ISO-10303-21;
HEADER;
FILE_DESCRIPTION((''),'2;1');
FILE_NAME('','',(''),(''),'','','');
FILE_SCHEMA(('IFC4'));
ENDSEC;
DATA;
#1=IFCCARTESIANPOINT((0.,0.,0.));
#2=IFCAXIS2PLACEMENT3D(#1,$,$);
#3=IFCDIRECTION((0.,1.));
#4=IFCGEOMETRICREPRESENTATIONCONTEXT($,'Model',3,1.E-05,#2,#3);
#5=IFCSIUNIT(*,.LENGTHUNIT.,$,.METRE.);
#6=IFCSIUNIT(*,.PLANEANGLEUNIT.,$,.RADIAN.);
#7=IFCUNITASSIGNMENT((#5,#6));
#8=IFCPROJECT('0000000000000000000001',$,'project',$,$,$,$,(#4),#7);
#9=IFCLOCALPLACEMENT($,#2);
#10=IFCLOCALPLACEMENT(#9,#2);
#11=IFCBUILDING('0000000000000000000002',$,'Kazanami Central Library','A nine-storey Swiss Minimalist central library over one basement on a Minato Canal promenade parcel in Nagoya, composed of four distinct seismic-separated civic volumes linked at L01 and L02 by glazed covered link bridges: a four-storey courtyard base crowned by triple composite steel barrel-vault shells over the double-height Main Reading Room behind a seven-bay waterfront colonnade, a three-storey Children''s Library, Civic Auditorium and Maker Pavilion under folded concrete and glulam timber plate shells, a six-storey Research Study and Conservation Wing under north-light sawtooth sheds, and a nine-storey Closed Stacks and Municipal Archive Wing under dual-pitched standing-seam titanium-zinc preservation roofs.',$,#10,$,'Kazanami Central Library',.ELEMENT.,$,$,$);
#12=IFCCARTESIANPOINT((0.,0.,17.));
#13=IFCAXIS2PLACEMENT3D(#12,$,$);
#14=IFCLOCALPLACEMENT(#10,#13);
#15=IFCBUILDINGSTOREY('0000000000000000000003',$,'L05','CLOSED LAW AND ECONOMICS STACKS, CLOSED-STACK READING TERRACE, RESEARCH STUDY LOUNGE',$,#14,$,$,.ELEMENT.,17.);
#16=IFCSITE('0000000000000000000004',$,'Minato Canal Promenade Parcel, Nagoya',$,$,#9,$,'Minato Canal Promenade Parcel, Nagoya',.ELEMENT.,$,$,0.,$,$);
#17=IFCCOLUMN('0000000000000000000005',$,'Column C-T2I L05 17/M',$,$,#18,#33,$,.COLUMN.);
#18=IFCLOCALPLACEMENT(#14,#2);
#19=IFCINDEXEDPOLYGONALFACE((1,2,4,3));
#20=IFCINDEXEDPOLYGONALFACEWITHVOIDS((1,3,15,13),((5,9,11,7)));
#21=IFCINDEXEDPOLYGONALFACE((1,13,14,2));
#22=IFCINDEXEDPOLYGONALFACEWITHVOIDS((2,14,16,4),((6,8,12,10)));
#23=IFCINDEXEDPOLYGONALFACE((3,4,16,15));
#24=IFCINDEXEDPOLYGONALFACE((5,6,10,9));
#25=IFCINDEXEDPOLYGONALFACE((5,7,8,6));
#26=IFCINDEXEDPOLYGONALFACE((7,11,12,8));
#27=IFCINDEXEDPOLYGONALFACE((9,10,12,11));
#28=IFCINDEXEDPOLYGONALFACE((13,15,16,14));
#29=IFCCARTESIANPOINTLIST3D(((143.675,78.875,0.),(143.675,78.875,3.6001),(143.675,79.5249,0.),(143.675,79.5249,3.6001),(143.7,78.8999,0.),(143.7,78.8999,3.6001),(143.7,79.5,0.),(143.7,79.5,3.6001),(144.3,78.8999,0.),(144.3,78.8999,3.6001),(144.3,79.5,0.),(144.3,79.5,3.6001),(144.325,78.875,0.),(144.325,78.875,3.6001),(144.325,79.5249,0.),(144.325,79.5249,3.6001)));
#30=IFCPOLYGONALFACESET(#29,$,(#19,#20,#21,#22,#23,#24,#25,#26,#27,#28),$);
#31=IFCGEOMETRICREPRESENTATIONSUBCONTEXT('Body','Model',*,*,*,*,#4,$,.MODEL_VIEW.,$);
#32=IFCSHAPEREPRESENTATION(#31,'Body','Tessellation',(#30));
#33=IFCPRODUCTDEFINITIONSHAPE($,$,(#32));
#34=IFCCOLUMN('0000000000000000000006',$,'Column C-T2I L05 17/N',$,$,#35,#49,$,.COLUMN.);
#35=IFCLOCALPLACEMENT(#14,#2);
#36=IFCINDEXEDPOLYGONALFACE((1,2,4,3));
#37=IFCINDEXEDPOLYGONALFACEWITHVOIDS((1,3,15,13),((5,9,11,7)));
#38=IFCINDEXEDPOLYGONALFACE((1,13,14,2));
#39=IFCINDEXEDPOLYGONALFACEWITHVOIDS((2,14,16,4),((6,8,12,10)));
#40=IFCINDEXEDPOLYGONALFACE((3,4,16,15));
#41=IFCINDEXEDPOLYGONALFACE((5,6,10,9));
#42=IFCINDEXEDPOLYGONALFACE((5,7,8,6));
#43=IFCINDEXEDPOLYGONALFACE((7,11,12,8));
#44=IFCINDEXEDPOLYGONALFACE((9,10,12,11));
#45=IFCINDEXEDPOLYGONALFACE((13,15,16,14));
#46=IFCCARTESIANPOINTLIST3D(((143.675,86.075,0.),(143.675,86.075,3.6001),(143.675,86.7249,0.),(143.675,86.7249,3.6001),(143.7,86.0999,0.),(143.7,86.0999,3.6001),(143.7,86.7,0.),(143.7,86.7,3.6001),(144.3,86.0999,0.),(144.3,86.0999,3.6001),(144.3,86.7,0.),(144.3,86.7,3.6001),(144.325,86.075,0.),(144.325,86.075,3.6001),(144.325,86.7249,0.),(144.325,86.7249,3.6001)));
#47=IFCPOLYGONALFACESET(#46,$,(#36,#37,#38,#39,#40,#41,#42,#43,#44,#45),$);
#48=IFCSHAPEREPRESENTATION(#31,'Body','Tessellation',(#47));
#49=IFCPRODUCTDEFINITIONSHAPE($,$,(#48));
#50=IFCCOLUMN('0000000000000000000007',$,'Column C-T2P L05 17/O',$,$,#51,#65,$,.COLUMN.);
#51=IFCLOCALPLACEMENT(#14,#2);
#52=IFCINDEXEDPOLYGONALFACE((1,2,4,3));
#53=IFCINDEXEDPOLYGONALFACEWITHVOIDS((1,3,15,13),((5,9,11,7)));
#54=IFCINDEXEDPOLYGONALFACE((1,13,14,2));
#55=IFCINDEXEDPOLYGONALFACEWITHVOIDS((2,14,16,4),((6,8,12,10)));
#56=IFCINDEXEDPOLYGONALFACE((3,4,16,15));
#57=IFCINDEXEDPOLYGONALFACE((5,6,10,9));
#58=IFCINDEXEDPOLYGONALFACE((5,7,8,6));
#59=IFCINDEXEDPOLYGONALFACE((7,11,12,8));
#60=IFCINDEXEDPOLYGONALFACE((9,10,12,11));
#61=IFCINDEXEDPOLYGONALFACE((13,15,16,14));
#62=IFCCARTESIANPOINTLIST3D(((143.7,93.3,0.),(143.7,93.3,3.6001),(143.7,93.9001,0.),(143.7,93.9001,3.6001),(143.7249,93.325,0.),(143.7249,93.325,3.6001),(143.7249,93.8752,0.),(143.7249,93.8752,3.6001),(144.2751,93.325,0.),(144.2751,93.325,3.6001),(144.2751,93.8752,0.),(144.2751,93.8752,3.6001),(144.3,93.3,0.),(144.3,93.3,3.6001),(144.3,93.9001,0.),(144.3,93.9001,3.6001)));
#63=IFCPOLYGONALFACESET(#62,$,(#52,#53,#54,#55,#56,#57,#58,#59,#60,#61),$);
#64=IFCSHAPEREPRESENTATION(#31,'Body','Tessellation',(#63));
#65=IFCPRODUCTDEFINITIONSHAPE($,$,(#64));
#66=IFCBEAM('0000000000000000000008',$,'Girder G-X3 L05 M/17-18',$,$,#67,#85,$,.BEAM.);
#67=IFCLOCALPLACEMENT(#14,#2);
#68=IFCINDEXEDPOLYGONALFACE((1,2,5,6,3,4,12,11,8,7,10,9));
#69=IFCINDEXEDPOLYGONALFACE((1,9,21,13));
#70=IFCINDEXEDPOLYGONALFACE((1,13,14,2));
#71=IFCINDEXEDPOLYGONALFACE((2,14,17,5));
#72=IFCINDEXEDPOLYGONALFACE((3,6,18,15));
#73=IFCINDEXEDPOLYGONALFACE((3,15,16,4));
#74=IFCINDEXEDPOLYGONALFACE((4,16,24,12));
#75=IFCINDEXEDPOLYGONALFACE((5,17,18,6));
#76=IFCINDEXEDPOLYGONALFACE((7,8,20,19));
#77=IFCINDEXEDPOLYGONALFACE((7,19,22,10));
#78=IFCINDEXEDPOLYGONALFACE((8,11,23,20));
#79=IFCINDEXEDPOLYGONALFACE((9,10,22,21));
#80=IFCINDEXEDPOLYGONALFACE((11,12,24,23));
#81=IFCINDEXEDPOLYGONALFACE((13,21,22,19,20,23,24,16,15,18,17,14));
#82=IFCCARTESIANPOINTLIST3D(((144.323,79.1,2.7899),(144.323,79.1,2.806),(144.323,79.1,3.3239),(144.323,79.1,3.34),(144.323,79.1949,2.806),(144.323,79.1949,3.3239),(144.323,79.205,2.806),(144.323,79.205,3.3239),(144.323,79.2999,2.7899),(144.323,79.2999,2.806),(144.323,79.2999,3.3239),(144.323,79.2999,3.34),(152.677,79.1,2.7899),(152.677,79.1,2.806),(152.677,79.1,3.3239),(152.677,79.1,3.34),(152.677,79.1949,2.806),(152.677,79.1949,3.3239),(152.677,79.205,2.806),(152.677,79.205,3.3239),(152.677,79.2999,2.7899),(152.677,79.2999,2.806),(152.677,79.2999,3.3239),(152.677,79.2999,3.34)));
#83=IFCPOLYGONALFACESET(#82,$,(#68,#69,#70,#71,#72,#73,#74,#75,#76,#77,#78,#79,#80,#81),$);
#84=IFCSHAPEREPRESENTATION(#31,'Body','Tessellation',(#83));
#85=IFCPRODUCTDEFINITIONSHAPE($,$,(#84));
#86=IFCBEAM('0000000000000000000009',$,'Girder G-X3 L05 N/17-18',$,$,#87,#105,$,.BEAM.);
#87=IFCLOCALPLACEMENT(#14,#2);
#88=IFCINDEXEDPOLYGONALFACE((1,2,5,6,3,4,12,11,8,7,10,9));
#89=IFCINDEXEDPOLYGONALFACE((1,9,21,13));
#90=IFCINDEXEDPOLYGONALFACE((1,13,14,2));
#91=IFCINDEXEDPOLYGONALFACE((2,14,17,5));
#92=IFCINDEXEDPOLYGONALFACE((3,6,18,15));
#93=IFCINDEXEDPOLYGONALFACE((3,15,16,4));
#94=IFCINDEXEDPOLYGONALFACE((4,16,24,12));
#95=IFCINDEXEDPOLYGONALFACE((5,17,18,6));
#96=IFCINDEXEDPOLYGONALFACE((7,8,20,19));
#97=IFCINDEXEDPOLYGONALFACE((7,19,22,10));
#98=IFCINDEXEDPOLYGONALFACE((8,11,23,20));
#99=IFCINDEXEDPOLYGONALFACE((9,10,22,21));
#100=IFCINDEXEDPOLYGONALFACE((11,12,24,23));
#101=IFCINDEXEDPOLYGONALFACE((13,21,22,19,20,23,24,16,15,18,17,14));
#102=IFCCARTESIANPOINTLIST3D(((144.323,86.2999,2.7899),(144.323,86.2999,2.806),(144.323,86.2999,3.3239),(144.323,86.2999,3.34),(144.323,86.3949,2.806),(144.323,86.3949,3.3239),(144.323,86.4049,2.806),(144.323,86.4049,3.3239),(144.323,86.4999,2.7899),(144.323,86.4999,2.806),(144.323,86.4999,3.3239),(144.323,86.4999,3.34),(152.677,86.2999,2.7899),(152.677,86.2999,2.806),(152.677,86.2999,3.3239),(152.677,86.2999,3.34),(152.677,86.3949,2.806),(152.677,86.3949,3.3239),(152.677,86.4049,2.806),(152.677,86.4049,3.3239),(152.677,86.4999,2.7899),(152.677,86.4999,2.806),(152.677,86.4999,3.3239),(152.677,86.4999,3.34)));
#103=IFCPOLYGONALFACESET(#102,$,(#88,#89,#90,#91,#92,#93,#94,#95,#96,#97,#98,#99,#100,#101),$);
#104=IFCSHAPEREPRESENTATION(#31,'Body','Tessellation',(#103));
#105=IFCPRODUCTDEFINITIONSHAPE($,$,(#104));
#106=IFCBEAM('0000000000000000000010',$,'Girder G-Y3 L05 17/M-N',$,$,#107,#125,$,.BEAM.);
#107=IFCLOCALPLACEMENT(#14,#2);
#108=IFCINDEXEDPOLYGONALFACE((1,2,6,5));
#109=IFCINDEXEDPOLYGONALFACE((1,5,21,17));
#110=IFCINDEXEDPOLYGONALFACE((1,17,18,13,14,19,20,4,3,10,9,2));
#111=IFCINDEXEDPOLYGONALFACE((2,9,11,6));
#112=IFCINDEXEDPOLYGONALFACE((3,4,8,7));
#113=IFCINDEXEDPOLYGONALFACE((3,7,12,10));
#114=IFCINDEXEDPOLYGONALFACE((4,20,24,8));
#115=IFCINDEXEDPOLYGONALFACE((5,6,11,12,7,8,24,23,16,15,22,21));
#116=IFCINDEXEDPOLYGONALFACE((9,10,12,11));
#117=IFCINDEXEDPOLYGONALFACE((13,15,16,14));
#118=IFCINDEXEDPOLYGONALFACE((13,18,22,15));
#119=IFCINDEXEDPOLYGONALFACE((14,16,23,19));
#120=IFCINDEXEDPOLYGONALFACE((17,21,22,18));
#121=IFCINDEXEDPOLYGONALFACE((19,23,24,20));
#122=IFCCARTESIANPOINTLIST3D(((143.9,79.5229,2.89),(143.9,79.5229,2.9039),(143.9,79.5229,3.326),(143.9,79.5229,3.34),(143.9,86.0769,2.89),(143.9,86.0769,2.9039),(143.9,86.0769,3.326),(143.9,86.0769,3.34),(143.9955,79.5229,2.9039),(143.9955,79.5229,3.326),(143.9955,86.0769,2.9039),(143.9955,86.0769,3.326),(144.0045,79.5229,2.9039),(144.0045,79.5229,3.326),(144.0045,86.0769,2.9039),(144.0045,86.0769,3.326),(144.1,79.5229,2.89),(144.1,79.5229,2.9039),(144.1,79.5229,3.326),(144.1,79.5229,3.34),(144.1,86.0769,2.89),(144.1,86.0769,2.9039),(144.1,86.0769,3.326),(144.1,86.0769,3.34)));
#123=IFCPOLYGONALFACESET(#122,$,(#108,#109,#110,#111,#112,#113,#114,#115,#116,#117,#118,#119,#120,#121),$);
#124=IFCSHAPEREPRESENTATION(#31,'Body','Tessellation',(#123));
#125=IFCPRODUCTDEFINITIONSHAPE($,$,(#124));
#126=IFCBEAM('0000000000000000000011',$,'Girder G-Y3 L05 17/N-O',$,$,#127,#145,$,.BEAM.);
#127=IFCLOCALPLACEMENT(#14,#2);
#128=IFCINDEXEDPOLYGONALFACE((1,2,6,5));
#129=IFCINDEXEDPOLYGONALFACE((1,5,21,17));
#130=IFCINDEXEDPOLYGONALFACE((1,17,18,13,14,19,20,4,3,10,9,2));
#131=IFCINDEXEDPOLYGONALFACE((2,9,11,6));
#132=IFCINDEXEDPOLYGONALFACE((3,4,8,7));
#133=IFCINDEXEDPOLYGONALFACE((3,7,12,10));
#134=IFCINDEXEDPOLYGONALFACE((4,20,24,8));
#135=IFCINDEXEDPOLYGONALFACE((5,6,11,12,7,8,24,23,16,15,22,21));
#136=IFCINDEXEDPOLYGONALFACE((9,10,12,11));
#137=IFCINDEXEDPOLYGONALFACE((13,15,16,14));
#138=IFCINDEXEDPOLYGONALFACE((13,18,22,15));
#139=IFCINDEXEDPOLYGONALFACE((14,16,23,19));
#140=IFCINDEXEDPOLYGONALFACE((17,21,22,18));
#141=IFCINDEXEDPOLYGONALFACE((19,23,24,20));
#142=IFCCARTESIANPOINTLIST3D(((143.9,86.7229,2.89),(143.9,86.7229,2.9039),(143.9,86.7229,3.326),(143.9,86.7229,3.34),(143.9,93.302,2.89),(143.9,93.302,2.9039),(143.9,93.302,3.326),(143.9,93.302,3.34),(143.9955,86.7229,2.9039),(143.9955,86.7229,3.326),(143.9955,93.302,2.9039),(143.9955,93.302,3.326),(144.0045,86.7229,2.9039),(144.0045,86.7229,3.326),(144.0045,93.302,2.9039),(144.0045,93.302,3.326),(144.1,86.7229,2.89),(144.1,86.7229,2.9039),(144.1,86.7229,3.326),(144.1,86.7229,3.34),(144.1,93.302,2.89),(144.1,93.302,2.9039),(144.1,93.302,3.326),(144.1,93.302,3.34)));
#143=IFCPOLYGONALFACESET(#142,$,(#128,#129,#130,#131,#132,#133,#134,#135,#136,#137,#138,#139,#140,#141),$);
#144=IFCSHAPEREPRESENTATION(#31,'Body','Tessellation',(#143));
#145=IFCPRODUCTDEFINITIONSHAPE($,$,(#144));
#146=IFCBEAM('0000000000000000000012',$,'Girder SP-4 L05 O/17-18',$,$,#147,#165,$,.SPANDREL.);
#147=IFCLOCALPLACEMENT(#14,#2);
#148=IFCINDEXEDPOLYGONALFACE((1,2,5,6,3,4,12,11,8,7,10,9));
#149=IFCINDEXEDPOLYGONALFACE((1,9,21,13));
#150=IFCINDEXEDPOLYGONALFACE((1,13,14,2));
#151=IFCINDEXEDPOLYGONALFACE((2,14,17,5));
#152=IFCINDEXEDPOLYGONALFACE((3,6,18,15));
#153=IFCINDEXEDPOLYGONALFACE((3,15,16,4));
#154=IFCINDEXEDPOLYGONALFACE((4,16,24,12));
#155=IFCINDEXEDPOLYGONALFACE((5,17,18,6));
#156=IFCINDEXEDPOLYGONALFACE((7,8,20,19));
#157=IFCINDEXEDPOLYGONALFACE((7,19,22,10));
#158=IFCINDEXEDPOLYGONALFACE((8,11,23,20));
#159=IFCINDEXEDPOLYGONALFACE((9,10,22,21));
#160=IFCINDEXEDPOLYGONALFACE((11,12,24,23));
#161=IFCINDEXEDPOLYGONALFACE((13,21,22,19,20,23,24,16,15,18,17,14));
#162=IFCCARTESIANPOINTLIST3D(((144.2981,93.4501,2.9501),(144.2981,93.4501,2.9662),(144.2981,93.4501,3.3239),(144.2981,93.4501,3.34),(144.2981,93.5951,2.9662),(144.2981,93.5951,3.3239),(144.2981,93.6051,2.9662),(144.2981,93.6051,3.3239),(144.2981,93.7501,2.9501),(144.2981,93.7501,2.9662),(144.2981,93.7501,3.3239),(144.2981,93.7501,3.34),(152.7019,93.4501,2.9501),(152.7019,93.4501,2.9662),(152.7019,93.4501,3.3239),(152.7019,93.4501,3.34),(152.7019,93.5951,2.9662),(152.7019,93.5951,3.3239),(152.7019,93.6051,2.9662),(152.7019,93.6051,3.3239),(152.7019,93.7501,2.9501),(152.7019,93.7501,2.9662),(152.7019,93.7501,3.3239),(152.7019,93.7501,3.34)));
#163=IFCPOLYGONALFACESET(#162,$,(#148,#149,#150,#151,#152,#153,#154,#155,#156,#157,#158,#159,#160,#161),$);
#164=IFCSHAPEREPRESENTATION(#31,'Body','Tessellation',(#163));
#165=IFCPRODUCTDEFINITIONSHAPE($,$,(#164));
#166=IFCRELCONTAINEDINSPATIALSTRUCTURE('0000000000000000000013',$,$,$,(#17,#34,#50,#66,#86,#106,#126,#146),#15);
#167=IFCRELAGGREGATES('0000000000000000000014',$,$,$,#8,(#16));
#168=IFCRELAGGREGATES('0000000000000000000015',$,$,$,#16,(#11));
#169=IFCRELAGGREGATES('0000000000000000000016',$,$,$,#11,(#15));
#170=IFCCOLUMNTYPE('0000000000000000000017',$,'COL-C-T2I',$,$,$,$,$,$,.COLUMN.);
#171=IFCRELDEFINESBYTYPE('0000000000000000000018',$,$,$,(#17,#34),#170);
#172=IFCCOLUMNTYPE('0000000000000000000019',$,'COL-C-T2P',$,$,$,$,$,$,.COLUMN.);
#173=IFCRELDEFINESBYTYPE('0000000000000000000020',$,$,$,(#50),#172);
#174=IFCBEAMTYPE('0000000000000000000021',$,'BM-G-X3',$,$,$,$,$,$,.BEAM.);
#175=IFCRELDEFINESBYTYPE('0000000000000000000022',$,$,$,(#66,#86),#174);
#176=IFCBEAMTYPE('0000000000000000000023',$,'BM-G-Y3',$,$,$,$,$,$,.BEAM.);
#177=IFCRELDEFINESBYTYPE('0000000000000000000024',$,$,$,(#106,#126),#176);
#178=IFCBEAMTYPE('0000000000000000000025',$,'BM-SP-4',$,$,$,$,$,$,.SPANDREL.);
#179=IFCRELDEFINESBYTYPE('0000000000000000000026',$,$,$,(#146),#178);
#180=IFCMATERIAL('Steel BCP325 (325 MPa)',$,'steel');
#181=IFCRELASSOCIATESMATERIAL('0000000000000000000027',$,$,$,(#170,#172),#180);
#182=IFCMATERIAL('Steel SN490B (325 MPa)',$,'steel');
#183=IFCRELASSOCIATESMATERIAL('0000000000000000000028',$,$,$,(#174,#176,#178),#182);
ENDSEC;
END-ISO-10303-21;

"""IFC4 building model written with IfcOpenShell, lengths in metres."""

from ifc_helpers import new_model, si_unit, direction, frame, origin, origin_2d, place, context, subcontext, project, spatial, hollow_rectangle, i_section, extrude, material, material_profile, profile_set, type_object, element, save


model = new_model("IFC4")

# Units and contexts
model_context = context("Model", 3, precision=1e-05, world=origin(), true_north=direction((0.0, 1.0)))
body_context = subcontext(model_context, "Body", "Model", "MODEL_VIEW")
ifc_project = project(units=[si_unit("LENGTHUNIT", "METRE"), si_unit("PLANEANGLEUNIT", "RADIAN")], contexts=[model_context])

# Site, building, storey
site_placement = place(None, origin())
site = spatial("IfcSite", under=ifc_project, at=site_placement, Name="Minato Canal Promenade Parcel, Nagoya", LongName="Minato Canal Promenade Parcel, Nagoya", CompositionType="ELEMENT", RefElevation=0.0)
building_placement = place(site_placement, origin())
building = spatial("IfcBuilding", under=site, at=building_placement, Name="Kazanami Central Library", Description="A nine-storey Swiss Minimalist central library over one basement on a Minato Canal promenade parcel in Nagoya, composed of four distinct seismic-separated civic volumes linked at L01 and L02 by glazed covered link bridges: a four-storey courtyard base crowned by triple composite steel barrel-vault shells over the double-height Main Reading Room behind a seven-bay waterfront colonnade, a three-storey Children's Library, Civic Auditorium and Maker Pavilion under folded concrete and glulam timber plate shells, a six-storey Research Study and Conservation Wing under north-light sawtooth sheds, and a nine-storey Closed Stacks and Municipal Archive Wing under dual-pitched standing-seam titanium-zinc preservation roofs.", LongName="Kazanami Central Library", CompositionType="ELEMENT")
storey_placement = place(building_placement, frame((0.0, 0.0, 17.0)))
storey = spatial("IfcBuildingStorey", under=building, at=storey_placement, Name="L05", Description="CLOSED LAW AND ECONOMICS STACKS, CLOSED-STACK READING TERRACE, RESEARCH STUDY LOUNGE", CompositionType="ELEMENT", Elevation=17.0)

# Columns
ifc_material_1 = material(Name="Steel BCP325 (325 MPa)", Category="steel")
ifc_material_profile_1 = material_profile(ifc_material_1, hollow_rectangle(XDim=0.6499, YDim=0.6499, WallThickness=0.0249, at=origin_2d()), Name="BCP-650x650x25")
ifc_profile_set_1 = profile_set([ifc_material_profile_1], Name="Steel BCP325 (325 MPa)")
column_type_1 = type_object("IfcColumnType", Name="COL-C-T2I", PredefinedType="COLUMN", material=ifc_profile_set_1)
for number, where, z_axis, x_axis, name in (
    (1, (144.0, 79.2, 0.0), (0.0, 0.0, 1.0), (1.0, 0.0, 0.0), "Column C-T2I L05 17/M"),
    (2, (144.0, 86.3999, 0.0), (0.0, 0.0, 1.0), (1.0, 0.0, 0.0), "Column C-T2I L05 17/N"),
):
    element("IfcColumn", number, at=place(storey_placement, frame(where, z_axis=z_axis, x_axis=x_axis)), inside=storey, type_object=column_type_1, Name=name, PredefinedType="COLUMN", context=body_context, shape_type="SweptSolid", body=[
        extrude(hollow_rectangle(XDim=0.6499, YDim=0.6499, WallThickness=0.0249, at=origin_2d()), origin(), (0.0, 0.0, 1.0), 3.6001),
    ])
ifc_material_profile_2 = material_profile(ifc_material_1, hollow_rectangle(XDim=0.6001, YDim=0.6001, WallThickness=0.0249, at=origin_2d()), Name="BCP-600x600x25")
ifc_profile_set_2 = profile_set([ifc_material_profile_2], Name="Steel BCP325 (325 MPa)")
column_type_2 = type_object("IfcColumnType", Name="COL-C-T2P", PredefinedType="COLUMN", material=ifc_profile_set_2)
column_placement = place(storey_placement, frame((144.0, 93.6001, 0.0), z_axis=(0.0, 0.0, 1.0), x_axis=(1.0, 0.0, 0.0)))
element("IfcColumn", 3, at=column_placement, inside=storey, type_object=column_type_2, Name="Column C-T2P L05 17/O", PredefinedType="COLUMN", context=body_context, shape_type="SweptSolid", body=[
    extrude(hollow_rectangle(XDim=0.6001, YDim=0.6001, WallThickness=0.0249, at=origin_2d()), origin(), (0.0, 0.0, 1.0), 3.6001),
])

# Beams
ifc_material_2 = material(Name="Steel SN490B (325 MPa)", Category="steel")
ifc_material_profile_3 = material_profile(ifc_material_2, i_section(OverallWidth=0.2, OverallDepth=0.55, WebThickness=0.01, FlangeThickness=0.0161, at=origin_2d()), Name="H-550x200x10x16")
ifc_profile_set_3 = profile_set([ifc_material_profile_3], Name="Steel SN490B (325 MPa)")
beam_type_1 = type_object("IfcBeamType", Name="BM-G-X3", PredefinedType="BEAM", material=ifc_profile_set_3)
for number, where, z_axis, x_axis, name in (
    (4, (144.323, 79.2, 3.0649), (1.0, 0.0, 0.0), (0.0, 1.0, 0.0), "Girder G-X3 L05 M/17-18"),
    (5, (144.323, 86.3999, 3.0649), (1.0, 0.0, 0.0), (0.0, 1.0, 0.0), "Girder G-X3 L05 N/17-18"),
):
    element("IfcBeam", number, at=place(storey_placement, frame(where, z_axis=z_axis, x_axis=x_axis)), inside=storey, type_object=beam_type_1, Name=name, PredefinedType="BEAM", context=body_context, shape_type="SweptSolid", body=[
        extrude(i_section(OverallWidth=0.2, OverallDepth=0.55, WebThickness=0.01, FlangeThickness=0.0161, at=origin_2d()), origin(), (0.0, 0.0, 1.0), 8.354),
    ])
ifc_material_profile_4 = material_profile(ifc_material_2, i_section(OverallWidth=0.2, OverallDepth=0.45, WebThickness=0.009, FlangeThickness=0.0139, at=origin_2d()), Name="H-450x200x9x14")
ifc_profile_set_4 = profile_set([ifc_material_profile_4], Name="Steel SN490B (325 MPa)")
beam_type_2 = type_object("IfcBeamType", Name="BM-G-Y3", PredefinedType="BEAM", material=ifc_profile_set_4)
beam_1_placement = place(storey_placement, frame((144.0, 79.5229, 3.115), z_axis=(0.0, 1.0, 0.0), x_axis=(-1.0, 0.0, 0.0)))
element("IfcBeam", 6, at=beam_1_placement, inside=storey, type_object=beam_type_2, Name="Girder G-Y3 L05 17/M-N", PredefinedType="BEAM", context=body_context, shape_type="SweptSolid", body=[
    extrude(i_section(OverallWidth=0.2, OverallDepth=0.45, WebThickness=0.009, FlangeThickness=0.0139, at=origin_2d()), origin(), (0.0, 0.0, 1.0), 6.554),
])
beam_2_placement = place(storey_placement, frame((144.0, 86.7229, 3.115), z_axis=(0.0, 1.0, 0.0), x_axis=(-1.0, 0.0, 0.0)))
element("IfcBeam", 7, at=beam_2_placement, inside=storey, type_object=beam_type_2, Name="Girder G-Y3 L05 17/N-O", PredefinedType="BEAM", context=body_context, shape_type="SweptSolid", body=[
    extrude(i_section(OverallWidth=0.2, OverallDepth=0.45, WebThickness=0.009, FlangeThickness=0.0139, at=origin_2d()), origin(), (0.0, 0.0, 1.0), 6.5791),
])
ifc_material_profile_5 = material_profile(ifc_material_2, i_section(OverallWidth=0.3, OverallDepth=0.3899, WebThickness=0.01, FlangeThickness=0.0161, at=origin_2d()), Name="H-390x300x10x16")
ifc_profile_set_5 = profile_set([ifc_material_profile_5], Name="Steel SN490B (325 MPa)")
beam_type_3 = type_object("IfcBeamType", Name="BM-SP-4", PredefinedType="SPANDREL", material=ifc_profile_set_5)
beam_3_placement = place(storey_placement, frame((144.2981, 93.6001, 3.145), z_axis=(1.0, 0.0, 0.0), x_axis=(0.0, 1.0, 0.0)))
element("IfcBeam", 8, at=beam_3_placement, inside=storey, type_object=beam_type_3, Name="Girder SP-4 L05 O/17-18", PredefinedType="SPANDREL", context=body_context, shape_type="SweptSolid", body=[
    extrude(i_section(OverallWidth=0.3, OverallDepth=0.3899, WebThickness=0.01, FlangeThickness=0.0161, at=origin_2d()), origin(), (0.0, 0.0, 1.0), 8.4038),
])

save(model, "model.ifc")
